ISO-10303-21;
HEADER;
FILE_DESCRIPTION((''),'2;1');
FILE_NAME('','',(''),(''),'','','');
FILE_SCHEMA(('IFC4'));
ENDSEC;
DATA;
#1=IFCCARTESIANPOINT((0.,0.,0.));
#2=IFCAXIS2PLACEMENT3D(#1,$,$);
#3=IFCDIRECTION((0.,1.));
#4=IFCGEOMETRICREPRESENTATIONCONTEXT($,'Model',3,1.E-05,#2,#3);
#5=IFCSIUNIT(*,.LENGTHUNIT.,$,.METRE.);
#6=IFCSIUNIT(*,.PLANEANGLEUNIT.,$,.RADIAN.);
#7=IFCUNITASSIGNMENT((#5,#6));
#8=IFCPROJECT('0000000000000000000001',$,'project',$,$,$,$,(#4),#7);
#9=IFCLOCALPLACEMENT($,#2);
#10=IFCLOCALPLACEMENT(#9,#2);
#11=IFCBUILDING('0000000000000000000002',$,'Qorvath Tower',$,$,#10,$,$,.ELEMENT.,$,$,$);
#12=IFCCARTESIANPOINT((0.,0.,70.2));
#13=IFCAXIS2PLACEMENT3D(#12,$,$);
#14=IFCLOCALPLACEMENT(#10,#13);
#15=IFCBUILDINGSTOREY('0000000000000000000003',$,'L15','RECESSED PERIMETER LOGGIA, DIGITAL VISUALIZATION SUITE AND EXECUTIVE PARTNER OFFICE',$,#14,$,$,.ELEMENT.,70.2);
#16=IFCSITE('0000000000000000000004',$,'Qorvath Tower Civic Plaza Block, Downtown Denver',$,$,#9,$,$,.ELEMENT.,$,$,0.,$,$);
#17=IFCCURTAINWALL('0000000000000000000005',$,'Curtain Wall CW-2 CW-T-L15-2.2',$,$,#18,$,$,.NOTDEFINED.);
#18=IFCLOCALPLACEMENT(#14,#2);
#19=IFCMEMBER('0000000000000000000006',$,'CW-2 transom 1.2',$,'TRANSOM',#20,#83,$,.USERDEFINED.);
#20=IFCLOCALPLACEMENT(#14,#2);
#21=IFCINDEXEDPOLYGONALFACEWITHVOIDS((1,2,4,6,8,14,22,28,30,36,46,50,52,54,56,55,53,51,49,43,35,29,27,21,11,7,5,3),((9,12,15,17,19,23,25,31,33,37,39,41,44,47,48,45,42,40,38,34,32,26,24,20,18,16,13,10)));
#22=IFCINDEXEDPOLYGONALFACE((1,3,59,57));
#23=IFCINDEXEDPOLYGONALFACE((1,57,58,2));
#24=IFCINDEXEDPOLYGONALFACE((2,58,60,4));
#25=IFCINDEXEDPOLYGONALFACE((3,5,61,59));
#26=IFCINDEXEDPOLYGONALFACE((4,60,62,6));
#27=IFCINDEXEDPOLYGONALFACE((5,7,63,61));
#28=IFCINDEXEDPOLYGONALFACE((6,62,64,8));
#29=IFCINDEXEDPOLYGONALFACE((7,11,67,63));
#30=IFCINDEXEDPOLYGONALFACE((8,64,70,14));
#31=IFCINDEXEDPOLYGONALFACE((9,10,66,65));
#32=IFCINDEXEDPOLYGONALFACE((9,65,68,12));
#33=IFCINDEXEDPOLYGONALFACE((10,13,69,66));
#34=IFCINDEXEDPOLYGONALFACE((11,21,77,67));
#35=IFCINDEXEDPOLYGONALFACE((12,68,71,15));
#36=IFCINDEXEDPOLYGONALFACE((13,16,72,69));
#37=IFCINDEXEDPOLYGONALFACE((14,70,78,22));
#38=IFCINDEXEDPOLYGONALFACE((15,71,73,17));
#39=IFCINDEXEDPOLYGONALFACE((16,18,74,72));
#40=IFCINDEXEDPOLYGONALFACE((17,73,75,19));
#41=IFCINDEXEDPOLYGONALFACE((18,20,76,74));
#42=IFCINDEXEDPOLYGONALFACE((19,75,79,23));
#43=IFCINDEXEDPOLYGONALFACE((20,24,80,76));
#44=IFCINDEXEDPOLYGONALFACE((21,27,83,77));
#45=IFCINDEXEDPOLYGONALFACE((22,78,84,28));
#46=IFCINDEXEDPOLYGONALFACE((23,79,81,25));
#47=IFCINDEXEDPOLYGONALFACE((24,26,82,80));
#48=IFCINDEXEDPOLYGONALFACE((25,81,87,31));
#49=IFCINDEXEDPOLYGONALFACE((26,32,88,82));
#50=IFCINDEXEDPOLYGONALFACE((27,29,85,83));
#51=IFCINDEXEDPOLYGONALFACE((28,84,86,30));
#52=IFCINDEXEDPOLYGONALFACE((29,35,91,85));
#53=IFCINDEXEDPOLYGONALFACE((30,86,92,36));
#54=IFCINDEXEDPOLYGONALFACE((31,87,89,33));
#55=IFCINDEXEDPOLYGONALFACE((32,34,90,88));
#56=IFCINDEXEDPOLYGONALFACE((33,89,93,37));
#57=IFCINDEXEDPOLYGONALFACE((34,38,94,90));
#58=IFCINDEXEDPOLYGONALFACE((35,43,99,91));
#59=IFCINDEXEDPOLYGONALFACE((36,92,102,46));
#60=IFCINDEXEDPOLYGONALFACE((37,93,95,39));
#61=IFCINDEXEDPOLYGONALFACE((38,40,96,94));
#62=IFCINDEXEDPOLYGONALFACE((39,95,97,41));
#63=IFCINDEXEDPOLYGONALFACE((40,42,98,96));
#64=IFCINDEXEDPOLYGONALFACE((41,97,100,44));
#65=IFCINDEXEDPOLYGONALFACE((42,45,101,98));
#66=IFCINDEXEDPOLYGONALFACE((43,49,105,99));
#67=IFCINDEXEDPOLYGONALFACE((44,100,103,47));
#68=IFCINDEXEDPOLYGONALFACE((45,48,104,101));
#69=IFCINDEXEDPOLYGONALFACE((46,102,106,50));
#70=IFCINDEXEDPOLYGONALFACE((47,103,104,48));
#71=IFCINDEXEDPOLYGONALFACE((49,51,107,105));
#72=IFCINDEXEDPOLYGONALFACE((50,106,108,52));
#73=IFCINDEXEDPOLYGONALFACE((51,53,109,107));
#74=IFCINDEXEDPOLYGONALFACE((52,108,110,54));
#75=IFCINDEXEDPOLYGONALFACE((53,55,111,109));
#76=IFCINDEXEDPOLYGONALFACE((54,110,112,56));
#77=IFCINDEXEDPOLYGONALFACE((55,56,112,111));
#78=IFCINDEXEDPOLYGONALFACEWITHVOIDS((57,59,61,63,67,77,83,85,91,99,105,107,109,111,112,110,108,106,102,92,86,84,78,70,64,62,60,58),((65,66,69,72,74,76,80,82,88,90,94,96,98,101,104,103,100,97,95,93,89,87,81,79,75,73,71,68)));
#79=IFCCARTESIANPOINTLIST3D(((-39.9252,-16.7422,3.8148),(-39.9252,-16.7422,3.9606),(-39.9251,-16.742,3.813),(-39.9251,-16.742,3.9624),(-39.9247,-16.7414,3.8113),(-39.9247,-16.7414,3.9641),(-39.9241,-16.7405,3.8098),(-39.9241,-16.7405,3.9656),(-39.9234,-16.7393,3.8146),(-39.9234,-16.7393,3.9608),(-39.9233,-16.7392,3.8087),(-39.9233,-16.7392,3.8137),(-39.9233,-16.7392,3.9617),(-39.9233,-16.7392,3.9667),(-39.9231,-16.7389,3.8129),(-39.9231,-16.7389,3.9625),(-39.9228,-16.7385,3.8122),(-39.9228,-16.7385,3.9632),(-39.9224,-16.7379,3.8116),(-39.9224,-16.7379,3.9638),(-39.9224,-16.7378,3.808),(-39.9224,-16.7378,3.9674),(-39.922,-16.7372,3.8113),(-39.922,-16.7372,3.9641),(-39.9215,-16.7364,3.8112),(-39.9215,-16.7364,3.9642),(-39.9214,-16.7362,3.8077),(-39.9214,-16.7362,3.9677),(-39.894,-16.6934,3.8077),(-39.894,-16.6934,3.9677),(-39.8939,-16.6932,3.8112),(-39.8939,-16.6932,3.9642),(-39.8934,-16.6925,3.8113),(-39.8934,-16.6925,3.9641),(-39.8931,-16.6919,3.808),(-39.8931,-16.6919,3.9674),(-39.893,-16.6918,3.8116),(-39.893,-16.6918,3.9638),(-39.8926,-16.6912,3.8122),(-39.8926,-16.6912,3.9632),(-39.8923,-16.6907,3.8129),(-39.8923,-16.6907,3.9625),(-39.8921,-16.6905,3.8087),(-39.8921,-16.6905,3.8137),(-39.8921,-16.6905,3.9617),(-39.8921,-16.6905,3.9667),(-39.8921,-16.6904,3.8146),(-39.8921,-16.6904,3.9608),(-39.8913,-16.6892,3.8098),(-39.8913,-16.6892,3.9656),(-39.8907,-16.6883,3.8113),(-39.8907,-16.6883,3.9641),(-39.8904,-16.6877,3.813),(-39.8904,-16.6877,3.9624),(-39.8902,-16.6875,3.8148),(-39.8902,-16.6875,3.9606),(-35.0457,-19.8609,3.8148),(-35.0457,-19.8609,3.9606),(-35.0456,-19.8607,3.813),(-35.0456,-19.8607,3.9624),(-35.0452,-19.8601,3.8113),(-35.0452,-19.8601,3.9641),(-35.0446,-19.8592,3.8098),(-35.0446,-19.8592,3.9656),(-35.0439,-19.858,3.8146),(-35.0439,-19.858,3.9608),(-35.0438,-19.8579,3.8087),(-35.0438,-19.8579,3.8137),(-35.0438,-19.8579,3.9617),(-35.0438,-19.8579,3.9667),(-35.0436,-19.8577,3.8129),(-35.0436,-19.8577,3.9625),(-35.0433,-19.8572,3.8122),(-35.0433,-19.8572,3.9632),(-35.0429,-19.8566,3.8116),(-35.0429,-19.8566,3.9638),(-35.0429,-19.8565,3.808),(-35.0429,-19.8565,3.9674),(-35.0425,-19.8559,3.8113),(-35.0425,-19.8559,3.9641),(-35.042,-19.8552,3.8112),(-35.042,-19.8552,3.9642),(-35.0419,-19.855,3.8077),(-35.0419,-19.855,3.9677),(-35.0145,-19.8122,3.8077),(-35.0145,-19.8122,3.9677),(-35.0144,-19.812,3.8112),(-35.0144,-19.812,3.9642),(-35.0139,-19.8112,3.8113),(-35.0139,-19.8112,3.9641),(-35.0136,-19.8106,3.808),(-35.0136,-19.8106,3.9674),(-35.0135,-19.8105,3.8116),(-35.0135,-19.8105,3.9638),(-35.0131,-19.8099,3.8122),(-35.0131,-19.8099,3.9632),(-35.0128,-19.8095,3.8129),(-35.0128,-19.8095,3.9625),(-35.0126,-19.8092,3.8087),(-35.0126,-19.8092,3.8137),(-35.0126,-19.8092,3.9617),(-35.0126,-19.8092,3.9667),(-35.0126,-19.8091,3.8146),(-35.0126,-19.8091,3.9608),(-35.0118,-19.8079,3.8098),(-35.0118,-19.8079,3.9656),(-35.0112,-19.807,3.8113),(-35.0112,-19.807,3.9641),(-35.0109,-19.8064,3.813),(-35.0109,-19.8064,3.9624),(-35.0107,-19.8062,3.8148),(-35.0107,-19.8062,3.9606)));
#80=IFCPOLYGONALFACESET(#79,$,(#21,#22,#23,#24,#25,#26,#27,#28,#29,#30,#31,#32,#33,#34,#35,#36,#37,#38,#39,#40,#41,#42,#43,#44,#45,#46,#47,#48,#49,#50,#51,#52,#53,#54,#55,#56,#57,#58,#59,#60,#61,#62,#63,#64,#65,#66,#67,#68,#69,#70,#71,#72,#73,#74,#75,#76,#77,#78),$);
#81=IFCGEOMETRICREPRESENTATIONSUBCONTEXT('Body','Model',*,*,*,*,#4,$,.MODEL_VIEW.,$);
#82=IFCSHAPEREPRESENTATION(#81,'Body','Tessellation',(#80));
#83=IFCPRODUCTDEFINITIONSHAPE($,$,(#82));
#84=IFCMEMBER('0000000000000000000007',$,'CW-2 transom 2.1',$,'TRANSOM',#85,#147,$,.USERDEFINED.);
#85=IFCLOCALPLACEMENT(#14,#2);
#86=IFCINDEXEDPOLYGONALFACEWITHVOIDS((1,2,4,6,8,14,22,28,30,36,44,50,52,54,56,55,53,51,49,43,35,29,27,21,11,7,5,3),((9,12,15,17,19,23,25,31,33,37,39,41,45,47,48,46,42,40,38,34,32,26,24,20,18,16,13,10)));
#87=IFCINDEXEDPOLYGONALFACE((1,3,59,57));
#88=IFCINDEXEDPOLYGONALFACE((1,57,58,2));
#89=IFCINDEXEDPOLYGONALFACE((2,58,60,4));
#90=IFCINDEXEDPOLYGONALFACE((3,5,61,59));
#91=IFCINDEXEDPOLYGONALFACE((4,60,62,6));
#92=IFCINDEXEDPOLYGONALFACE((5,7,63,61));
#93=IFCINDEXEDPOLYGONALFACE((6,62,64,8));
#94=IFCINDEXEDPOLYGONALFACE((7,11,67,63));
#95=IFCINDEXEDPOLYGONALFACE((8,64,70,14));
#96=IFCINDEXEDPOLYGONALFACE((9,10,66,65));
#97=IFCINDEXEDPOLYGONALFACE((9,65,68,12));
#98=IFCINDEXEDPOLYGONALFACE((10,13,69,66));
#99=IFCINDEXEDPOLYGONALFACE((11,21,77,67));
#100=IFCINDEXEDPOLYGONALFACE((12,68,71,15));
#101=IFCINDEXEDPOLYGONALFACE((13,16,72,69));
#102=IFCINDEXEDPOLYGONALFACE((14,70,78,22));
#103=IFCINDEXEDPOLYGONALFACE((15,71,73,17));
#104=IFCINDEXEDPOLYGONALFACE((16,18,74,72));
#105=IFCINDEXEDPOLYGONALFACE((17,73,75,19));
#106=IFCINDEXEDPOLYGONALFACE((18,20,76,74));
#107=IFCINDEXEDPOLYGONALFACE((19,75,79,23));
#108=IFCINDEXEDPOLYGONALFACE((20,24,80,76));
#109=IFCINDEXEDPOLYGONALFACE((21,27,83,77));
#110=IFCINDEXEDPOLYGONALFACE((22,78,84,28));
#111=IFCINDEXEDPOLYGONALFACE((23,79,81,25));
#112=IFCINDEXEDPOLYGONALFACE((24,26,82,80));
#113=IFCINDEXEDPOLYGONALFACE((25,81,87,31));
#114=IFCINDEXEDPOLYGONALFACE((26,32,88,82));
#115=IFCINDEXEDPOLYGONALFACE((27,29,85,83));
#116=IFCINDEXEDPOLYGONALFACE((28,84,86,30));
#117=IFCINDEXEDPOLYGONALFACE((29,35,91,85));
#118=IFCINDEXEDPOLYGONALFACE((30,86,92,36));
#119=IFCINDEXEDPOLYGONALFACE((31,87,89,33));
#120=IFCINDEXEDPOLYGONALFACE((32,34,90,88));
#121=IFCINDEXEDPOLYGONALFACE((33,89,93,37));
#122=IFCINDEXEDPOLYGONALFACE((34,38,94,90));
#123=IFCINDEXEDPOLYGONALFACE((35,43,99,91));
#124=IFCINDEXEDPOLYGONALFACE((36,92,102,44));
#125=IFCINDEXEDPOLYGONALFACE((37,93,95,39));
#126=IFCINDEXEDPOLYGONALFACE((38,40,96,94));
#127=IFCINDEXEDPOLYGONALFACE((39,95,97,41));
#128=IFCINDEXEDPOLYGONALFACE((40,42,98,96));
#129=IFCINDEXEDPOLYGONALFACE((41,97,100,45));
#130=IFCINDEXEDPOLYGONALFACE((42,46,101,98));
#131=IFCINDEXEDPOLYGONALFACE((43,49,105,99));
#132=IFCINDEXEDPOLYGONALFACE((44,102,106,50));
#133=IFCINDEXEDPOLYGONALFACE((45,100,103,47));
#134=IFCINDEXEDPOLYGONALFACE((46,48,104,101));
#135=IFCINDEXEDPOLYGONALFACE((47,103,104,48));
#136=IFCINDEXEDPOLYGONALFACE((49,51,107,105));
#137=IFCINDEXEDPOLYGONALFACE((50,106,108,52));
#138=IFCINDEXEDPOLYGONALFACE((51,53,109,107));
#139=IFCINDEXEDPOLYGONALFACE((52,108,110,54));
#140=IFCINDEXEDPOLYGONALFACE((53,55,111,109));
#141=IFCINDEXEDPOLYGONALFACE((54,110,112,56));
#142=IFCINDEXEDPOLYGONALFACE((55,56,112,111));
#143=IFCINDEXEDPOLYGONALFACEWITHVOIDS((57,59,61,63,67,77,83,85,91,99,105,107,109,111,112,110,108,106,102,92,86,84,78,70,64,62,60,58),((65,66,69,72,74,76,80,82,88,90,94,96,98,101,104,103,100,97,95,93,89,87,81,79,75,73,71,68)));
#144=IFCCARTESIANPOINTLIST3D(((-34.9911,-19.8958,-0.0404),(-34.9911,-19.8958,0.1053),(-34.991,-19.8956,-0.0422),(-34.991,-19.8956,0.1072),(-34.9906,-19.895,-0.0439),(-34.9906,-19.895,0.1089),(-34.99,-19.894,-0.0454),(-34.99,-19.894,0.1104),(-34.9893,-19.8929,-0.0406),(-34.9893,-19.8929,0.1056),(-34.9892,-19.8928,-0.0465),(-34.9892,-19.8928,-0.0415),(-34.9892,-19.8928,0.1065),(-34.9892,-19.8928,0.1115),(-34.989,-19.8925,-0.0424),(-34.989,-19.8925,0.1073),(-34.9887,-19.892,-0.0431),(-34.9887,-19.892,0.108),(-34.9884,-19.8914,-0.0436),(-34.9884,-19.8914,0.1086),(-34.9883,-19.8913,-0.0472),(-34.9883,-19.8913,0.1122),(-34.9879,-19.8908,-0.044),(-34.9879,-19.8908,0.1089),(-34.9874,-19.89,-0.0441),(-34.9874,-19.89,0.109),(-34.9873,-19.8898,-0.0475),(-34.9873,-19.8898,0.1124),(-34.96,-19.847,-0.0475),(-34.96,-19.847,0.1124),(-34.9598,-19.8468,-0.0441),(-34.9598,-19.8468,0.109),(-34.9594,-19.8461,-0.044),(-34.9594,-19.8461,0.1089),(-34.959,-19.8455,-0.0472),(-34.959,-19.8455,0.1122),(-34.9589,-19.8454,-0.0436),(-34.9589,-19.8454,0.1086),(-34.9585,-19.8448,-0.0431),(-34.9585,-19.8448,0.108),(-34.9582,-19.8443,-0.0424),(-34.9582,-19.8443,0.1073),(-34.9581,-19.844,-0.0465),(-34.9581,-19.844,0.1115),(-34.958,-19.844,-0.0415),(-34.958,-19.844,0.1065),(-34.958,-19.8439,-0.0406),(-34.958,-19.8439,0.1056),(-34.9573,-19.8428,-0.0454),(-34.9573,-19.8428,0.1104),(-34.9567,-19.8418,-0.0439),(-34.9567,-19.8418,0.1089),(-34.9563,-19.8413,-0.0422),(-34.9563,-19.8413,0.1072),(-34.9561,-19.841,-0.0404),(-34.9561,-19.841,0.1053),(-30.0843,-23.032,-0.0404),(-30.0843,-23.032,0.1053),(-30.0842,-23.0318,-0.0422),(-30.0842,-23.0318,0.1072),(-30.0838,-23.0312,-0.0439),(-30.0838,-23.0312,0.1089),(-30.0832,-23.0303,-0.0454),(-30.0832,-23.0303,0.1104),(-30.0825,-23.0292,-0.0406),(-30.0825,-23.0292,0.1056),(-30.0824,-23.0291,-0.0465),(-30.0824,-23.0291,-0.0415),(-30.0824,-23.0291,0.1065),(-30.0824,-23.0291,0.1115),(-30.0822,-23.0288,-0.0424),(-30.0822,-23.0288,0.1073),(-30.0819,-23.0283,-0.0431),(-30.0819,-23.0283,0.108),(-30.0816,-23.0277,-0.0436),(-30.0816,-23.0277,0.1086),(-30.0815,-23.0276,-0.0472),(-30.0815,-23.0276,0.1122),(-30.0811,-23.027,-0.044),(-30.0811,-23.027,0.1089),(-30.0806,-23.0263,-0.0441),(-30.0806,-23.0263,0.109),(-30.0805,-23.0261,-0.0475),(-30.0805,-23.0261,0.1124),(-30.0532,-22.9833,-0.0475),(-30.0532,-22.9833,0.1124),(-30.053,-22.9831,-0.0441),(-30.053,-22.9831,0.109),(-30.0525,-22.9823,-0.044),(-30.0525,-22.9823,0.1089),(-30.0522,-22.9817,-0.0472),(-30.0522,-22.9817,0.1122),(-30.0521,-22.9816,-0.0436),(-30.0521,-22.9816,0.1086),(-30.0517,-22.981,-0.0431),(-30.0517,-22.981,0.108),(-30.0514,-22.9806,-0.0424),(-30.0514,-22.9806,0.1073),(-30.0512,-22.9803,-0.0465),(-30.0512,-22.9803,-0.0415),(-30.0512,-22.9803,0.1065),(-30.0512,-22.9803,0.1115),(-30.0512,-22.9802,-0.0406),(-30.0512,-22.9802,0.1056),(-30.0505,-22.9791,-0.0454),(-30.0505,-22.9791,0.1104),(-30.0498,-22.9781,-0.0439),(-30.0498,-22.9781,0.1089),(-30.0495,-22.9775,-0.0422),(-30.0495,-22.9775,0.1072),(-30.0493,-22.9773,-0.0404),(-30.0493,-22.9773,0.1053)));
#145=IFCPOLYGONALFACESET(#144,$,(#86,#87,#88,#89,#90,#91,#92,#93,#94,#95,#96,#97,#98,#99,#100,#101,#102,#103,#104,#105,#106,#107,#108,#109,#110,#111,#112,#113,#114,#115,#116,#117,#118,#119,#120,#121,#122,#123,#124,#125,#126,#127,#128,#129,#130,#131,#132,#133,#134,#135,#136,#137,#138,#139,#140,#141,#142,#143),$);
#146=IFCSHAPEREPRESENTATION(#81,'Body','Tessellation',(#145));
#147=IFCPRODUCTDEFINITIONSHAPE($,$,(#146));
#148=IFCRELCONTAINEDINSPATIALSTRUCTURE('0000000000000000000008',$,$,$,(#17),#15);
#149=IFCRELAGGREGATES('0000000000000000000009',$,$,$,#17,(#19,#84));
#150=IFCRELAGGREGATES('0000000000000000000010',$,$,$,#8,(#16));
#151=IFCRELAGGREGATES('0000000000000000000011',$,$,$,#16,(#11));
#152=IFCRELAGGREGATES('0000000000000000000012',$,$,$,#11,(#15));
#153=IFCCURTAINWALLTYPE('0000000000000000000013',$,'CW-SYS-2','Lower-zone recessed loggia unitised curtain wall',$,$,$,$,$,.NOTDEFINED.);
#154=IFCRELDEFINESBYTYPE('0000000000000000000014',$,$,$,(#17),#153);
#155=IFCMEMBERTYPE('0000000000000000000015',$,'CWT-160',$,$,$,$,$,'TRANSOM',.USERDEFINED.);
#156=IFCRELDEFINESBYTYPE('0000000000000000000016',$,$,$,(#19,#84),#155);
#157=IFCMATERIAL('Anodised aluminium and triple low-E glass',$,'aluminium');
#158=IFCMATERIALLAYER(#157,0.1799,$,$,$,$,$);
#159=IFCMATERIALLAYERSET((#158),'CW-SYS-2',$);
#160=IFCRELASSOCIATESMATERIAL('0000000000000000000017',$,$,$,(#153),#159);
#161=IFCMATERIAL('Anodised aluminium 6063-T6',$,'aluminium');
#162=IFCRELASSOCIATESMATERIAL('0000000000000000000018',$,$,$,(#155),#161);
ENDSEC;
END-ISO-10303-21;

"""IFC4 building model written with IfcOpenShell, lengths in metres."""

from ifc_helpers import new_model, si_unit, direction, frame, origin, origin_2d, place, context, subcontext, project, spatial, hollow_rectangle, extrude, material, layer, layer_set, material_profile, profile_set, type_object, element, aggregate, save


model = new_model("IFC4")

# Units and contexts
model_context = context("Model", 3, precision=1e-05, world=origin(), true_north=direction((0.0, 1.0)))
body_context = subcontext(model_context, "Body", "Model", "MODEL_VIEW")
ifc_project = project(units=[si_unit("LENGTHUNIT", "METRE"), si_unit("PLANEANGLEUNIT", "RADIAN")], contexts=[model_context])

# Site, building, storey
site_placement = place(None, origin())
site = spatial("IfcSite", under=ifc_project, at=site_placement, Name="Qorvath Tower Civic Plaza Block, Downtown Denver", CompositionType="ELEMENT", RefElevation=0.0)
building_placement = place(site_placement, origin())
building = spatial("IfcBuilding", under=site, at=building_placement, Name="Qorvath Tower", CompositionType="ELEMENT")
storey_placement = place(building_placement, frame((0.0, 0.0, 70.2)))
storey = spatial("IfcBuildingStorey", under=building, at=storey_placement, Name="L15", Description="RECESSED PERIMETER LOGGIA, DIGITAL VISUALIZATION SUITE AND EXECUTIVE PARTNER OFFICE", CompositionType="ELEMENT", Elevation=70.2)

# Shared definitions
ifc_material_1 = material(Name="Anodised aluminium and triple low-E glass", Category="aluminium")
ifc_layer_1 = layer(ifc_material_1, 0.1799)
ifc_layer_set_1 = layer_set([ifc_layer_1], Name="CW-SYS-2")
curtain_wall_type = type_object("IfcCurtainWallType", Name="CW-SYS-2", Description="Lower-zone recessed loggia unitised curtain wall", PredefinedType="NOTDEFINED", material=ifc_layer_set_1)

# Curtain wall, members
curtain_wall_1_placement = place(storey_placement, origin())
curtain_wall_1 = element("IfcCurtainWall", 1, at=curtain_wall_1_placement, inside=storey, type_object=curtain_wall_type, Name="Curtain Wall CW-2 CW-T-L15-2.2", PredefinedType="NOTDEFINED")
ifc_material_2 = material(Name="Anodised aluminium 6063-T6", Category="aluminium")
ifc_material_profile_1 = material_profile(ifc_material_2, hollow_rectangle(XDim=0.0649, YDim=0.1599, WallThickness=0.0034, InnerFilletRadius=0.0034, OuterFilletRadius=0.0071, at=origin_2d()), Name="CWT 160x65")
ifc_profile_set_1 = profile_set([ifc_material_profile_1], Name="Anodised aluminium 6063-T6")
member_type_1 = type_object("IfcMemberType", Name="CWT-160", ElementType="TRANSOM", PredefinedType="USERDEFINED", material=ifc_profile_set_1)
member_1_placement = place(storey_placement, frame((-39.9077, -16.7148, 3.8877), z_axis=(0.842597, -0.538544, 0.0), x_axis=(0.538544, 0.842597, 0.0)))
member_1 = element("IfcMember", 2, at=member_1_placement, type_object=member_type_1, Name="CW-2 transom 1.2", ObjectType="TRANSOM", PredefinedType="USERDEFINED", context=body_context, shape_type="SweptSolid", body=[
    extrude(hollow_rectangle(XDim=0.0649, YDim=0.1599, WallThickness=0.0034, InnerFilletRadius=0.0034, OuterFilletRadius=0.0071, at=origin_2d()), origin(), (0.0, 0.0, 1.0), 5.791),
])
member_2_placement = place(storey_placement, frame((-34.9736, -19.8684, 0.0325), z_axis=(0.84259, -0.538556, 0.0), x_axis=(0.538556, 0.84259, 0.0)))
member_2 = element("IfcMember", 3, at=member_2_placement, type_object=member_type_1, Name="CW-2 transom 2.1", ObjectType="TRANSOM", PredefinedType="USERDEFINED", context=body_context, shape_type="SweptSolid", body=[
    extrude(hollow_rectangle(XDim=0.0649, YDim=0.1599, WallThickness=0.0034, InnerFilletRadius=0.0034, OuterFilletRadius=0.0071, at=origin_2d()), origin(), (0.0, 0.0, 1.0), 5.8235),
])
aggregate(curtain_wall_1, [member_1, member_2])

save(model, "model.ifc")
